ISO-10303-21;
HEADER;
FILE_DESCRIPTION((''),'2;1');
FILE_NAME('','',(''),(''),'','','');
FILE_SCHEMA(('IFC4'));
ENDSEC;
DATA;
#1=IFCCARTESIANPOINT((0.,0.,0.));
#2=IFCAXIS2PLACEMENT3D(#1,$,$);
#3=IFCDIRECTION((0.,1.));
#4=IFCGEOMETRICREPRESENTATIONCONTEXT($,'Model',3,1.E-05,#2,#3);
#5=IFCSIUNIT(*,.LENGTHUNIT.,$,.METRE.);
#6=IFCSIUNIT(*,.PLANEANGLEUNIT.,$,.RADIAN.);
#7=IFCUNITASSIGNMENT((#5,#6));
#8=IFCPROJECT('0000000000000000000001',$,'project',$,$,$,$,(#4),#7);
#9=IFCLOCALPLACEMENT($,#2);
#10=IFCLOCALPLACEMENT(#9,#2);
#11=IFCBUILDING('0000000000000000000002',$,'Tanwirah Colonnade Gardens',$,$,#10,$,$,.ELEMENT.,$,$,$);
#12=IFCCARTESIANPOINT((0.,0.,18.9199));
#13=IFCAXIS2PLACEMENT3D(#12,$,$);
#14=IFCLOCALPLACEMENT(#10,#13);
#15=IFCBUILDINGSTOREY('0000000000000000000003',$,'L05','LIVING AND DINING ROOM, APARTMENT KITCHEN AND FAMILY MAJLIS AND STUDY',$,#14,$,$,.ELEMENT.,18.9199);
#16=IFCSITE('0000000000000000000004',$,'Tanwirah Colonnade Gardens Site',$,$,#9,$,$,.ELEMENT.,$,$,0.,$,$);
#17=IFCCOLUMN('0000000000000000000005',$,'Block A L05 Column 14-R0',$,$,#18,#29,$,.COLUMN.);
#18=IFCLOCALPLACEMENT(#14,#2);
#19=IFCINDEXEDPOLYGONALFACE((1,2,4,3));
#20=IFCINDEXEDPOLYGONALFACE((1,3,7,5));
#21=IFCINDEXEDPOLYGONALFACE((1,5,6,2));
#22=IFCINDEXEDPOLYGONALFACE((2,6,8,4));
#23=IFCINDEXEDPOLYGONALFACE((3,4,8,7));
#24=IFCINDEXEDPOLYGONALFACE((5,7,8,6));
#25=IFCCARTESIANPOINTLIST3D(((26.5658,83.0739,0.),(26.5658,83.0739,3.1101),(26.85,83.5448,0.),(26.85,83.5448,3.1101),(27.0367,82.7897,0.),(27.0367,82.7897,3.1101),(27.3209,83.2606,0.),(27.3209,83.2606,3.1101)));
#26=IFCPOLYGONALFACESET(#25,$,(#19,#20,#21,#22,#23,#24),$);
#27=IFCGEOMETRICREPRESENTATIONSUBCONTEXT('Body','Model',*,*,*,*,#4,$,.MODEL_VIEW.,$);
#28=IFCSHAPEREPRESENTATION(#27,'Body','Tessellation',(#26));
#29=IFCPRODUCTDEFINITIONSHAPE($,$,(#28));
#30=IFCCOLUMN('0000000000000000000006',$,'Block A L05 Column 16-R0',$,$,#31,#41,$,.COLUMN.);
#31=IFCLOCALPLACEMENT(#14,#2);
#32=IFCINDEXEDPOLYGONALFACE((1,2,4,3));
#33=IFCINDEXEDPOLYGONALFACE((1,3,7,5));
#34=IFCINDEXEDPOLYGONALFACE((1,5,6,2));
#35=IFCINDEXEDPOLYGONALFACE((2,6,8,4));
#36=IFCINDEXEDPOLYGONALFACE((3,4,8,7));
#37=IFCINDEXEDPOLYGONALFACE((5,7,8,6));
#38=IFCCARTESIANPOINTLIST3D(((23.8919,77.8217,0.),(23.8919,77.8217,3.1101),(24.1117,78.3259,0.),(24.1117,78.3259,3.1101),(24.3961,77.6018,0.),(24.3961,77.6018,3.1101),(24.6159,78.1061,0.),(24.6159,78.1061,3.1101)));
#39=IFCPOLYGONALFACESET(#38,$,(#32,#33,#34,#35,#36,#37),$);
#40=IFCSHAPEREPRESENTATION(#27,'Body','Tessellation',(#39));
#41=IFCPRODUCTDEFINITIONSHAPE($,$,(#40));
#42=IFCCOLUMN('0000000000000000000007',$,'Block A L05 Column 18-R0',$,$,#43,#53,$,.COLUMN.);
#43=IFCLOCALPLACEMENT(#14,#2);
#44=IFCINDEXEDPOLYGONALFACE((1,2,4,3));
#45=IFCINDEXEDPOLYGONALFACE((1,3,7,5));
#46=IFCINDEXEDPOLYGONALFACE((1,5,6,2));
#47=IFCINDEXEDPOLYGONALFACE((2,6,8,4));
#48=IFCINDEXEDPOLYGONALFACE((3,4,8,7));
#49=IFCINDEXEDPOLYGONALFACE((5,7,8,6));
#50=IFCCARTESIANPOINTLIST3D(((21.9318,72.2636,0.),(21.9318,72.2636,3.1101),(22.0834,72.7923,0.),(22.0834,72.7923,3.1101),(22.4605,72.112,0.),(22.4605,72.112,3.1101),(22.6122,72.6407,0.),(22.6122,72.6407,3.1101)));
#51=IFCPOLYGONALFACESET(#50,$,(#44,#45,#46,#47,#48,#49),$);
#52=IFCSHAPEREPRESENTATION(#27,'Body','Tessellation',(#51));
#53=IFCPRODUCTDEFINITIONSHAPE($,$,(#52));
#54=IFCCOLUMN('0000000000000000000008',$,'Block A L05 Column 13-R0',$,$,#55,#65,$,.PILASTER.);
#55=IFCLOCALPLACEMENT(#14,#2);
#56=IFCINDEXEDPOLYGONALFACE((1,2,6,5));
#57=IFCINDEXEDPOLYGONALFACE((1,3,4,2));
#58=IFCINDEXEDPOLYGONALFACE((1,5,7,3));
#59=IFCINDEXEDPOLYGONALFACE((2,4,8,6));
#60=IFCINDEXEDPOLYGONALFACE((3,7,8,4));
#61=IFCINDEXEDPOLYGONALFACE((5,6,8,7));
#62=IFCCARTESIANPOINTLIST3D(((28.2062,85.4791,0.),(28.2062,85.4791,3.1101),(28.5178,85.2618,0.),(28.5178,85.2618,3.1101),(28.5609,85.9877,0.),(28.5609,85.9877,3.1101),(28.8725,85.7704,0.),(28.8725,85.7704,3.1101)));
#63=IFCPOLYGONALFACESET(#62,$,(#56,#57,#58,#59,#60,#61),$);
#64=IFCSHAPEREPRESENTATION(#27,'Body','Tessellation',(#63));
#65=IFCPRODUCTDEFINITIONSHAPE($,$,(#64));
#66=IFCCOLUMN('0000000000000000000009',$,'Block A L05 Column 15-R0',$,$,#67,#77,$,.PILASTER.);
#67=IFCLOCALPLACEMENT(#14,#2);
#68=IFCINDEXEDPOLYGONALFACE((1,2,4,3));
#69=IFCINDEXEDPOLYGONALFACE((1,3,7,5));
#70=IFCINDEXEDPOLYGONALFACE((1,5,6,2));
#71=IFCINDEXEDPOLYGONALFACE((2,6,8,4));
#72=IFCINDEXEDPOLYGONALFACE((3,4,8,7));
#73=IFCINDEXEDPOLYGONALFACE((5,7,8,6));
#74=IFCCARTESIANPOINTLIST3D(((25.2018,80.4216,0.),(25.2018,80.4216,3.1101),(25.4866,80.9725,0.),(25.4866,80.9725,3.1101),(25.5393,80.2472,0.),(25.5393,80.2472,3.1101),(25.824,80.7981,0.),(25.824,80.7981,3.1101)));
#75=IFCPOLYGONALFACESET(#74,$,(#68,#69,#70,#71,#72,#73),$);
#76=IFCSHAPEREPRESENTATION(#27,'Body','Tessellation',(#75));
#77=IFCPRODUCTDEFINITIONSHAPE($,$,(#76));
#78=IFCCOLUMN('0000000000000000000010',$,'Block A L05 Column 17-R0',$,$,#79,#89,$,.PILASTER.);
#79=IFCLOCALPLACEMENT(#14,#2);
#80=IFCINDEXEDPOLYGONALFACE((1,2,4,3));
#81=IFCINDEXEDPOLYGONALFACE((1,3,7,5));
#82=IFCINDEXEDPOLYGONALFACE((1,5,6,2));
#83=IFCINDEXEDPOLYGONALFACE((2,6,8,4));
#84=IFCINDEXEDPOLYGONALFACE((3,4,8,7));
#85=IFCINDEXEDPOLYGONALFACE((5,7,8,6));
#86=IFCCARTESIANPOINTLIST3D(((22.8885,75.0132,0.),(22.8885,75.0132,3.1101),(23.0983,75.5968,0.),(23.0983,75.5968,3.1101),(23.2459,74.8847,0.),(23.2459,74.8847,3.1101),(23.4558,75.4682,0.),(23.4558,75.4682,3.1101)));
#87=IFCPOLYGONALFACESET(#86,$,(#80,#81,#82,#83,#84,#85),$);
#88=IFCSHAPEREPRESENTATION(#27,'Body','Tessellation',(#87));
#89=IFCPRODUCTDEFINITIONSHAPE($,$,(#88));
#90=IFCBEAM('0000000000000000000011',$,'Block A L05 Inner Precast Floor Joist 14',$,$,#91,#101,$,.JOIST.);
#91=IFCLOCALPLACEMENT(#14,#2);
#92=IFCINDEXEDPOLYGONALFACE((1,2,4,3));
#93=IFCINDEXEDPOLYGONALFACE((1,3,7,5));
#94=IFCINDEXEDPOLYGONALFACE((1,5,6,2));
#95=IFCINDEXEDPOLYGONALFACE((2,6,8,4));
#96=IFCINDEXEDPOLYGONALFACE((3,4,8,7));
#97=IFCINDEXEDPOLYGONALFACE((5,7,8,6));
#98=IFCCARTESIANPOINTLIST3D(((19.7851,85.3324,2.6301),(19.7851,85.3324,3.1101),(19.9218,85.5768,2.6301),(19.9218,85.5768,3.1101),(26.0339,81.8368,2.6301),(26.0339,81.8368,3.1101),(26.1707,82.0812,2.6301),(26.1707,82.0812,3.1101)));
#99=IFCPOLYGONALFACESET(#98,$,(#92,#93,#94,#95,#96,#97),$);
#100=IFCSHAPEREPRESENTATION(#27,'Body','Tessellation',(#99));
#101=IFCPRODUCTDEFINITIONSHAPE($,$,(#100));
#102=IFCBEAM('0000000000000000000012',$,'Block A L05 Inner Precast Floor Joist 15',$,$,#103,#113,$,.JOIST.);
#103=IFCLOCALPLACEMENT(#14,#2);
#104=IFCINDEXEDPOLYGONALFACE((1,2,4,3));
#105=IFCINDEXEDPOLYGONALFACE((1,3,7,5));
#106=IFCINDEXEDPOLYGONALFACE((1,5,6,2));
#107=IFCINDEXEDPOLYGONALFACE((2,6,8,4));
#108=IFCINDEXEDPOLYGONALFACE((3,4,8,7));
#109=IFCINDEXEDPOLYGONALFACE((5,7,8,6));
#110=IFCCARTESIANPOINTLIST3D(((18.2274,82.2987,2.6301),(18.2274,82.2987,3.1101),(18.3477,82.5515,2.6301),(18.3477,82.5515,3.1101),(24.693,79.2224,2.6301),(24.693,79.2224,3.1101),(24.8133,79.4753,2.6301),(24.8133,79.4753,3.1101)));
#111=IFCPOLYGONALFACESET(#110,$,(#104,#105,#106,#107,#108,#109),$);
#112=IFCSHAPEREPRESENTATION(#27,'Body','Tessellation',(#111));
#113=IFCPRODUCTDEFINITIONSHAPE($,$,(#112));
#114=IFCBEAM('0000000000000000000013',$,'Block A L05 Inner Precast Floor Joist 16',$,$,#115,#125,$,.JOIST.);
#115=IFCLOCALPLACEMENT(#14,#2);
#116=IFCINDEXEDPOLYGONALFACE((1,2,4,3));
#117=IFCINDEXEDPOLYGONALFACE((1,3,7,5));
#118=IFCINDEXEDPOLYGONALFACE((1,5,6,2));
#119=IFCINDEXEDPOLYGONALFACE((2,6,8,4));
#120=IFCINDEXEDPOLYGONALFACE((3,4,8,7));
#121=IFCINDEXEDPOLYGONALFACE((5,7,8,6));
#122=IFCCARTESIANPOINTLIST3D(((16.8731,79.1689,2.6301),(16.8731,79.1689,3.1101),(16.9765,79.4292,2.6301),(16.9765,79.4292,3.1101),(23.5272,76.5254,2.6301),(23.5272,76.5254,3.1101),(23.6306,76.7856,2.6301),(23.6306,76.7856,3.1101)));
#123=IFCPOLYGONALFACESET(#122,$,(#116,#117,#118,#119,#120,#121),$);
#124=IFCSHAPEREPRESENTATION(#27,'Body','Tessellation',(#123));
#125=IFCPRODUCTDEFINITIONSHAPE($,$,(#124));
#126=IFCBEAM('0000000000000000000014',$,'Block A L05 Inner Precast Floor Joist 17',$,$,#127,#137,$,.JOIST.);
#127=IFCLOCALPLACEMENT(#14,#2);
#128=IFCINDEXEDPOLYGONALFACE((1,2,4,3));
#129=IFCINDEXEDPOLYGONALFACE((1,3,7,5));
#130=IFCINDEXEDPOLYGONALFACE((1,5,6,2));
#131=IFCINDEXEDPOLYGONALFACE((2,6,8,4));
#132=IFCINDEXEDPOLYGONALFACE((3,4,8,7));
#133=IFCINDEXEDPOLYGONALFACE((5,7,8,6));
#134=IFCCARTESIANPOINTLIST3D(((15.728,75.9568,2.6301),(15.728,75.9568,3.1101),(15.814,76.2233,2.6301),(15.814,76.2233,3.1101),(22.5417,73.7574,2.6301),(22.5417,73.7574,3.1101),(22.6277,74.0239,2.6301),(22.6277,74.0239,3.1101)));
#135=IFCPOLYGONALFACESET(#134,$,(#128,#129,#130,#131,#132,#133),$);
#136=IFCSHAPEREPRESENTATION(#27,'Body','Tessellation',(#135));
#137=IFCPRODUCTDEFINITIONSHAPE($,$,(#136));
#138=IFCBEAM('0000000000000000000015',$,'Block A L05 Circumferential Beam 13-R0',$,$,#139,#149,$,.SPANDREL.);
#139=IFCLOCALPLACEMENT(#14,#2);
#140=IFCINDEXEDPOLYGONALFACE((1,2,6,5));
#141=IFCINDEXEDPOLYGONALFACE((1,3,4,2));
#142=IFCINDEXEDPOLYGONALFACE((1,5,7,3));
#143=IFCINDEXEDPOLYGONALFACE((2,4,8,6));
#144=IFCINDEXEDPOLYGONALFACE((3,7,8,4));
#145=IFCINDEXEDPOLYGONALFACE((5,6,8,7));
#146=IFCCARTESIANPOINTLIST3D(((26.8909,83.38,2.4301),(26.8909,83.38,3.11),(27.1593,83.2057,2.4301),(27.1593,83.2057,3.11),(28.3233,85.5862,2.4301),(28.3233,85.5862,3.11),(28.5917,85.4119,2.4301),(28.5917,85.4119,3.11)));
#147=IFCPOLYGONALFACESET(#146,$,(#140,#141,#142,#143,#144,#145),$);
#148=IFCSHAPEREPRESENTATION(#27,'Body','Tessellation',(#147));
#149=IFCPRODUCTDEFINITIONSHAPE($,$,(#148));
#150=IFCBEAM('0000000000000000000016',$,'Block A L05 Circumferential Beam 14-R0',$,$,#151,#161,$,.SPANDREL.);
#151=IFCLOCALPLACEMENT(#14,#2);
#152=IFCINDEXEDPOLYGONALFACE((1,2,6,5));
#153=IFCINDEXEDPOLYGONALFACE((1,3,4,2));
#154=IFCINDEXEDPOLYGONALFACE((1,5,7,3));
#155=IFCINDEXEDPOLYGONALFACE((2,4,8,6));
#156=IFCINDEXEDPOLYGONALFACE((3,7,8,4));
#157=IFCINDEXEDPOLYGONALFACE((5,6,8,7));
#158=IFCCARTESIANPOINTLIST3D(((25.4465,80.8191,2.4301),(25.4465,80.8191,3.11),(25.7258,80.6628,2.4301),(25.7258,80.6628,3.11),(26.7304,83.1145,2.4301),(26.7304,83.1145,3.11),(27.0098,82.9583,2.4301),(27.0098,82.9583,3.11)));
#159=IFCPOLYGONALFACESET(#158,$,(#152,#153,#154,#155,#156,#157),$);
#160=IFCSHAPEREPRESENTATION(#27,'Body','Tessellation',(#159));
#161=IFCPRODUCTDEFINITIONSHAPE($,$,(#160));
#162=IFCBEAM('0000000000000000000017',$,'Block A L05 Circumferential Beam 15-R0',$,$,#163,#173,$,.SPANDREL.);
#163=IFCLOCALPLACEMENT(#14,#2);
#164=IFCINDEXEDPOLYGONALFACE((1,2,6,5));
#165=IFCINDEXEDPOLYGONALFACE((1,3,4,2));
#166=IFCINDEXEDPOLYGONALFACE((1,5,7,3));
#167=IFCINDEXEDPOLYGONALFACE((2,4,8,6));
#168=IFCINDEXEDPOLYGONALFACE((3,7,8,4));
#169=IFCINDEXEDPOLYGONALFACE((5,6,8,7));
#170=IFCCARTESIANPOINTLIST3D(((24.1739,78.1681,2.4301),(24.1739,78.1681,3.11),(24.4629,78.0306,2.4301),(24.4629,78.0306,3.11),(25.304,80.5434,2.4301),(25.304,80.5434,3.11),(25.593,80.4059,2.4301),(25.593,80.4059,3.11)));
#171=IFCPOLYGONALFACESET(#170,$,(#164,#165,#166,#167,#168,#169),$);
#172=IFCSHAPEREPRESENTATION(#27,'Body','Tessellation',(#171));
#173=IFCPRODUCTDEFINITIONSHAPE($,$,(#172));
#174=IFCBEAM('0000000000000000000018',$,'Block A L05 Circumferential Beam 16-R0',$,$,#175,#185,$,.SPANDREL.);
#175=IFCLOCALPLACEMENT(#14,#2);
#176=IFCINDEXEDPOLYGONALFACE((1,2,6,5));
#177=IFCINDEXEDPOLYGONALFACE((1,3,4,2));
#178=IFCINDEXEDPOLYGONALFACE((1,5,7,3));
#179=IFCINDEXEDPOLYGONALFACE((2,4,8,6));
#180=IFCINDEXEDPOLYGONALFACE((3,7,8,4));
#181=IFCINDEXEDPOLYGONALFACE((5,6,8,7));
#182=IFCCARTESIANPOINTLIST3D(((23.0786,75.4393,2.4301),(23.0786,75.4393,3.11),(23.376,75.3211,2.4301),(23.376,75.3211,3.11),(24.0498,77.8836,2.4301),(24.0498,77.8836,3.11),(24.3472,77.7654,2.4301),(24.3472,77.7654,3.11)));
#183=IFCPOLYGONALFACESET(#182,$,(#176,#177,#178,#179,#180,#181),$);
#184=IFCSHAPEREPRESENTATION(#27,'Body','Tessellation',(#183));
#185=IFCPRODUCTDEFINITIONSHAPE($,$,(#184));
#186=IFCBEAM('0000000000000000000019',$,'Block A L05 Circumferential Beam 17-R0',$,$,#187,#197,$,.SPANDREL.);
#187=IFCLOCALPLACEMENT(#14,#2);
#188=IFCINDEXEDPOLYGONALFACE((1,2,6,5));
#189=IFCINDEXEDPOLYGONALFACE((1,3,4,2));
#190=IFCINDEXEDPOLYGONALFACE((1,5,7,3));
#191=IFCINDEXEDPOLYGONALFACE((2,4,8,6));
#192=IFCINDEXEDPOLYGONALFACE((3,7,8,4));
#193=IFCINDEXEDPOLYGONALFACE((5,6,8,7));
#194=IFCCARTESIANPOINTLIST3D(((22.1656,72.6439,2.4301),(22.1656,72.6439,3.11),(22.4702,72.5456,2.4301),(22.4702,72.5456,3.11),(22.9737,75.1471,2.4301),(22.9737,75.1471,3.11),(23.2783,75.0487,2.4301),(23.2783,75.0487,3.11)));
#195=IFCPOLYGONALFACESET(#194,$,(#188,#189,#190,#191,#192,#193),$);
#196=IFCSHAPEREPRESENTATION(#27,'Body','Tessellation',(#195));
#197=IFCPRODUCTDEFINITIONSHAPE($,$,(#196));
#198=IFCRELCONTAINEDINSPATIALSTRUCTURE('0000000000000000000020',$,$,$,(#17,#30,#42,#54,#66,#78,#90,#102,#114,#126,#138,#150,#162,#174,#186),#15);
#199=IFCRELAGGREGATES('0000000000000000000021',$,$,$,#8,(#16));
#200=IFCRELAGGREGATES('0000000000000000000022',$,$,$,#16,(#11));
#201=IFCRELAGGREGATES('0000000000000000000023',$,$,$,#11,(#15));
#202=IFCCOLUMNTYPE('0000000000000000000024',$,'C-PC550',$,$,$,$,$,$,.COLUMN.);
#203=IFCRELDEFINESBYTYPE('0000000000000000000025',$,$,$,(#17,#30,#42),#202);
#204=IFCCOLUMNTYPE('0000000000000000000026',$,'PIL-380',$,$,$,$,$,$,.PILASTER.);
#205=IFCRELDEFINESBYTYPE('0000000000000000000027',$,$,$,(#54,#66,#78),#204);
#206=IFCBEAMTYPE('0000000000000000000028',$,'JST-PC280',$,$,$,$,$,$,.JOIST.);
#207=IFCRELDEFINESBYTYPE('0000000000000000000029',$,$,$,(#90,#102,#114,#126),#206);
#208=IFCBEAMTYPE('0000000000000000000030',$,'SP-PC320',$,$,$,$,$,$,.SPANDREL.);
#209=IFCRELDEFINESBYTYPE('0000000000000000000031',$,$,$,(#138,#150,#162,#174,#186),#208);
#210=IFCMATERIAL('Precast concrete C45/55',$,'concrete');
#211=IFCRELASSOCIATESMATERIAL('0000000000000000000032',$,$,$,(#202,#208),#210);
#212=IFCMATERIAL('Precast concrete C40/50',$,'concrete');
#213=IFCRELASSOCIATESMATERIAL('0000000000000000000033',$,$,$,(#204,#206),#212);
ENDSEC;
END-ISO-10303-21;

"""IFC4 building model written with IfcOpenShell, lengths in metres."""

from ifc_helpers import new_model, si_unit, direction, frame, origin, origin_2d, place, context, subcontext, project, spatial, rectangle, extrude, material, material_profile, profile_set, type_object, element, save


model = new_model("IFC4")

# Units and contexts
model_context = context("Model", 3, precision=1e-05, world=origin(), true_north=direction((0.0, 1.0)))
body_context = subcontext(model_context, "Body", "Model", "MODEL_VIEW")
ifc_project = project(units=[si_unit("LENGTHUNIT", "METRE"), si_unit("PLANEANGLEUNIT", "RADIAN")], contexts=[model_context])

# Site, building, storey
site_placement = place(None, origin())
site = spatial("IfcSite", under=ifc_project, at=site_placement, Name="Tanwirah Colonnade Gardens Site", CompositionType="ELEMENT", RefElevation=0.0)
building_placement = place(site_placement, origin())
building = spatial("IfcBuilding", under=site, at=building_placement, Name="Tanwirah Colonnade Gardens", CompositionType="ELEMENT")
storey_placement = place(building_placement, frame((0.0, 0.0, 18.9199)))
storey = spatial("IfcBuildingStorey", under=building, at=storey_placement, Name="L05", Description="LIVING AND DINING ROOM, APARTMENT KITCHEN AND FAMILY MAJLIS AND STUDY", CompositionType="ELEMENT", Elevation=18.9199)

# Columns
ifc_material_1 = material(Name="Precast concrete C45/55", Category="concrete")
ifc_material_profile_1 = material_profile(ifc_material_1, rectangle(XDim=0.55, YDim=0.55, at=origin_2d()), Name="PC-COL 550x550")
ifc_profile_set_1 = profile_set([ifc_material_profile_1], Name="Precast concrete C45/55")
column_type_1 = type_object("IfcColumnType", Name="C-PC550", PredefinedType="COLUMN", material=ifc_profile_set_1)
for number, where, z_axis, x_axis, name in (
    (1, (26.9434, 83.1672, 0.0), (0.0, 0.0, 1.0), (-0.856167, 0.516699, 0.0), "Block A L05 Column 14-R0"),
    (2, (24.2539, 77.9639, 0.0), (0.0, 0.0, 1.0), (-0.916673, 0.399638, 0.0), "Block A L05 Column 16-R0"),
    (3, (22.272, 72.4521, 0.0), (0.0, 0.0, 1.0), (-0.961262, 0.275637, 0.0), "Block A L05 Column 18-R0"),
):
    element("IfcColumn", number, at=place(storey_placement, frame(where, z_axis=z_axis, x_axis=x_axis)), inside=storey, type_object=column_type_1, Name=name, PredefinedType="COLUMN", context=body_context, shape_type="SweptSolid", body=[
        extrude(rectangle(XDim=0.55, YDim=0.55, at=origin_2d()), origin(), (0.0, 0.0, 1.0), 3.1101),
    ])
ifc_material_2 = material(Name="Precast concrete C40/50", Category="concrete")
ifc_material_profile_2 = material_profile(ifc_material_2, rectangle(XDim=0.3799, YDim=0.6201, at=origin_2d()), Name="PC-PIL 380x620")
ifc_profile_set_2 = profile_set([ifc_material_profile_2], Name="Precast concrete C40/50")
column_type_2 = type_object("IfcColumnType", Name="PIL-380", PredefinedType="PILASTER", material=ifc_profile_set_2)
for number, where, z_axis, x_axis, name in (
    (4, (28.5393, 85.6248, 0.0), (0.0, 0.0, 1.0), (-0.820263, 0.571987, 0.0), "Block A L05 Column 13-R0"),
    (5, (25.5129, 80.6099, 0.0), (0.0, 0.0, 1.0), (-0.88835, 0.459166, 0.0), "Block A L05 Column 15-R0"),
    (6, (23.1721, 75.2407, 0.0), (0.0, 0.0, 1.0), (-0.941012, 0.338373, 0.0), "Block A L05 Column 17-R0"),
):
    element("IfcColumn", number, at=place(storey_placement, frame(where, z_axis=z_axis, x_axis=x_axis)), inside=storey, type_object=column_type_2, Name=name, PredefinedType="PILASTER", context=body_context, shape_type="SweptSolid", body=[
        extrude(rectangle(XDim=0.3799, YDim=0.6201, at=origin_2d()), origin(), (0.0, 0.0, 1.0), 3.1101),
    ])

# Beams
ifc_material_profile_3 = material_profile(ifc_material_2, rectangle(XDim=0.28, YDim=0.48, at=origin_2d()), Name="PC-JST 280x480")
ifc_profile_set_3 = profile_set([ifc_material_profile_3], Name="Precast concrete C40/50")
beam_type_1 = type_object("IfcBeamType", Name="JST-PC280", PredefinedType="JOIST", material=ifc_profile_set_3)
for number, where, z_axis, x_axis, name in (
    (7, (26.1023, 81.959, 2.8701), (-0.872727, 0.488209, 0.0), (-0.488209, -0.872727, 0.0), "Block A L05 Inner Precast Floor Joist 14"),
    (8, (24.7532, 79.3489, 2.8701), (-0.903005, 0.429629, 0.0), (-0.429629, -0.903005, 0.0), "Block A L05 Inner Precast Floor Joist 15"),
):
    element("IfcBeam", number, at=place(storey_placement, frame(where, z_axis=z_axis, x_axis=x_axis)), inside=storey, type_object=beam_type_1, Name=name, PredefinedType="JOIST", context=body_context, shape_type="SweptSolid", body=[
        extrude(rectangle(XDim=0.28, YDim=0.48, at=origin_2d()), origin(), (0.0, 0.0, 1.0), 7.1602),
    ])
for number, where, z_axis, x_axis, name in (
    (9, (23.5789, 76.6555, 2.8701), (-0.929344, 0.369214, 0.0), (-0.369214, -0.929344, 0.0), "Block A L05 Inner Precast Floor Joist 16"),
    (10, (22.5847, 73.8906, 2.8701), (-0.951648, 0.307191, 0.0), (-0.307191, -0.951648, 0.0), "Block A L05 Inner Precast Floor Joist 17"),
):
    element("IfcBeam", number, at=place(storey_placement, frame(where, z_axis=z_axis, x_axis=x_axis)), inside=storey, type_object=beam_type_1, Name=name, PredefinedType="JOIST", context=body_context, shape_type="SweptSolid", body=[
        extrude(rectangle(XDim=0.28, YDim=0.48, at=origin_2d()), origin(), (0.0, 0.0, 1.0), 7.1599),
    ])
ifc_material_profile_4 = material_profile(ifc_material_1, rectangle(XDim=0.3201, YDim=0.6799, at=origin_2d()), Name="PC-SP 320x680")
ifc_profile_set_4 = profile_set([ifc_material_profile_4], Name="Precast concrete C45/55")
beam_type_2 = type_object("IfcBeamType", Name="SP-PC320", PredefinedType="SPANDREL", material=ifc_profile_set_4)
beam_1_placement = place(storey_placement, frame((28.4575, 85.499, 2.77), z_axis=(-0.544571, -0.838715, 0.0), x_axis=(0.838715, -0.544571, 0.0)))
element("IfcBeam", 11, at=beam_1_placement, inside=storey, type_object=beam_type_2, Name="Block A L05 Circumferential Beam 13-R0", PredefinedType="SPANDREL", context=body_context, shape_type="SweptSolid", body=[
    extrude(rectangle(XDim=0.3201, YDim=0.6799, at=origin_2d()), origin(), (0.0, 0.0, 1.0), 2.6304),
])
beam_2_placement = place(storey_placement, frame((26.8701, 83.0364, 2.77), z_axis=(-0.488171, -0.872748, 0.0), x_axis=(0.872748, -0.488171, 0.0)))
element("IfcBeam", 12, at=beam_2_placement, inside=storey, type_object=beam_type_2, Name="Block A L05 Circumferential Beam 14-R0", PredefinedType="SPANDREL", context=body_context, shape_type="SweptSolid", body=[
    extrude(rectangle(XDim=0.3201, YDim=0.6799, at=origin_2d()), origin(), (0.0, 0.0, 1.0), 2.6301),
])
beam_3_placement = place(storey_placement, frame((25.4485, 80.4746, 2.77), z_axis=(-0.429642, -0.902999, 0.0), x_axis=(0.902999, -0.429642, 0.0)))
element("IfcBeam", 13, at=beam_3_placement, inside=storey, type_object=beam_type_2, Name="Block A L05 Circumferential Beam 15-R0", PredefinedType="SPANDREL", context=body_context, shape_type="SweptSolid", body=[
    extrude(rectangle(XDim=0.3201, YDim=0.6799, at=origin_2d()), origin(), (0.0, 0.0, 1.0), 2.6304),
])
beam_4_placement = place(storey_placement, frame((24.1985, 77.8245, 2.77), z_axis=(-0.369245, -0.929332, 0.0), x_axis=(0.929332, -0.369245, 0.0)))
element("IfcBeam", 14, at=beam_4_placement, inside=storey, type_object=beam_type_2, Name="Block A L05 Circumferential Beam 16-R0", PredefinedType="SPANDREL", context=body_context, shape_type="SweptSolid", body=[
    extrude(rectangle(XDim=0.3201, YDim=0.6799, at=origin_2d()), origin(), (0.0, 0.0, 1.0), 2.6301),
])
beam_5_placement = place(storey_placement, frame((23.126, 75.0979, 2.77), z_axis=(-0.30722, -0.951639, 0.0), x_axis=(0.951639, -0.30722, 0.0)))
element("IfcBeam", 15, at=beam_5_placement, inside=storey, type_object=beam_type_2, Name="Block A L05 Circumferential Beam 17-R0", PredefinedType="SPANDREL", context=body_context, shape_type="SweptSolid", body=[
    extrude(rectangle(XDim=0.3201, YDim=0.6799, at=origin_2d()), origin(), (0.0, 0.0, 1.0), 2.6304),
])

save(model, "model.ifc")
